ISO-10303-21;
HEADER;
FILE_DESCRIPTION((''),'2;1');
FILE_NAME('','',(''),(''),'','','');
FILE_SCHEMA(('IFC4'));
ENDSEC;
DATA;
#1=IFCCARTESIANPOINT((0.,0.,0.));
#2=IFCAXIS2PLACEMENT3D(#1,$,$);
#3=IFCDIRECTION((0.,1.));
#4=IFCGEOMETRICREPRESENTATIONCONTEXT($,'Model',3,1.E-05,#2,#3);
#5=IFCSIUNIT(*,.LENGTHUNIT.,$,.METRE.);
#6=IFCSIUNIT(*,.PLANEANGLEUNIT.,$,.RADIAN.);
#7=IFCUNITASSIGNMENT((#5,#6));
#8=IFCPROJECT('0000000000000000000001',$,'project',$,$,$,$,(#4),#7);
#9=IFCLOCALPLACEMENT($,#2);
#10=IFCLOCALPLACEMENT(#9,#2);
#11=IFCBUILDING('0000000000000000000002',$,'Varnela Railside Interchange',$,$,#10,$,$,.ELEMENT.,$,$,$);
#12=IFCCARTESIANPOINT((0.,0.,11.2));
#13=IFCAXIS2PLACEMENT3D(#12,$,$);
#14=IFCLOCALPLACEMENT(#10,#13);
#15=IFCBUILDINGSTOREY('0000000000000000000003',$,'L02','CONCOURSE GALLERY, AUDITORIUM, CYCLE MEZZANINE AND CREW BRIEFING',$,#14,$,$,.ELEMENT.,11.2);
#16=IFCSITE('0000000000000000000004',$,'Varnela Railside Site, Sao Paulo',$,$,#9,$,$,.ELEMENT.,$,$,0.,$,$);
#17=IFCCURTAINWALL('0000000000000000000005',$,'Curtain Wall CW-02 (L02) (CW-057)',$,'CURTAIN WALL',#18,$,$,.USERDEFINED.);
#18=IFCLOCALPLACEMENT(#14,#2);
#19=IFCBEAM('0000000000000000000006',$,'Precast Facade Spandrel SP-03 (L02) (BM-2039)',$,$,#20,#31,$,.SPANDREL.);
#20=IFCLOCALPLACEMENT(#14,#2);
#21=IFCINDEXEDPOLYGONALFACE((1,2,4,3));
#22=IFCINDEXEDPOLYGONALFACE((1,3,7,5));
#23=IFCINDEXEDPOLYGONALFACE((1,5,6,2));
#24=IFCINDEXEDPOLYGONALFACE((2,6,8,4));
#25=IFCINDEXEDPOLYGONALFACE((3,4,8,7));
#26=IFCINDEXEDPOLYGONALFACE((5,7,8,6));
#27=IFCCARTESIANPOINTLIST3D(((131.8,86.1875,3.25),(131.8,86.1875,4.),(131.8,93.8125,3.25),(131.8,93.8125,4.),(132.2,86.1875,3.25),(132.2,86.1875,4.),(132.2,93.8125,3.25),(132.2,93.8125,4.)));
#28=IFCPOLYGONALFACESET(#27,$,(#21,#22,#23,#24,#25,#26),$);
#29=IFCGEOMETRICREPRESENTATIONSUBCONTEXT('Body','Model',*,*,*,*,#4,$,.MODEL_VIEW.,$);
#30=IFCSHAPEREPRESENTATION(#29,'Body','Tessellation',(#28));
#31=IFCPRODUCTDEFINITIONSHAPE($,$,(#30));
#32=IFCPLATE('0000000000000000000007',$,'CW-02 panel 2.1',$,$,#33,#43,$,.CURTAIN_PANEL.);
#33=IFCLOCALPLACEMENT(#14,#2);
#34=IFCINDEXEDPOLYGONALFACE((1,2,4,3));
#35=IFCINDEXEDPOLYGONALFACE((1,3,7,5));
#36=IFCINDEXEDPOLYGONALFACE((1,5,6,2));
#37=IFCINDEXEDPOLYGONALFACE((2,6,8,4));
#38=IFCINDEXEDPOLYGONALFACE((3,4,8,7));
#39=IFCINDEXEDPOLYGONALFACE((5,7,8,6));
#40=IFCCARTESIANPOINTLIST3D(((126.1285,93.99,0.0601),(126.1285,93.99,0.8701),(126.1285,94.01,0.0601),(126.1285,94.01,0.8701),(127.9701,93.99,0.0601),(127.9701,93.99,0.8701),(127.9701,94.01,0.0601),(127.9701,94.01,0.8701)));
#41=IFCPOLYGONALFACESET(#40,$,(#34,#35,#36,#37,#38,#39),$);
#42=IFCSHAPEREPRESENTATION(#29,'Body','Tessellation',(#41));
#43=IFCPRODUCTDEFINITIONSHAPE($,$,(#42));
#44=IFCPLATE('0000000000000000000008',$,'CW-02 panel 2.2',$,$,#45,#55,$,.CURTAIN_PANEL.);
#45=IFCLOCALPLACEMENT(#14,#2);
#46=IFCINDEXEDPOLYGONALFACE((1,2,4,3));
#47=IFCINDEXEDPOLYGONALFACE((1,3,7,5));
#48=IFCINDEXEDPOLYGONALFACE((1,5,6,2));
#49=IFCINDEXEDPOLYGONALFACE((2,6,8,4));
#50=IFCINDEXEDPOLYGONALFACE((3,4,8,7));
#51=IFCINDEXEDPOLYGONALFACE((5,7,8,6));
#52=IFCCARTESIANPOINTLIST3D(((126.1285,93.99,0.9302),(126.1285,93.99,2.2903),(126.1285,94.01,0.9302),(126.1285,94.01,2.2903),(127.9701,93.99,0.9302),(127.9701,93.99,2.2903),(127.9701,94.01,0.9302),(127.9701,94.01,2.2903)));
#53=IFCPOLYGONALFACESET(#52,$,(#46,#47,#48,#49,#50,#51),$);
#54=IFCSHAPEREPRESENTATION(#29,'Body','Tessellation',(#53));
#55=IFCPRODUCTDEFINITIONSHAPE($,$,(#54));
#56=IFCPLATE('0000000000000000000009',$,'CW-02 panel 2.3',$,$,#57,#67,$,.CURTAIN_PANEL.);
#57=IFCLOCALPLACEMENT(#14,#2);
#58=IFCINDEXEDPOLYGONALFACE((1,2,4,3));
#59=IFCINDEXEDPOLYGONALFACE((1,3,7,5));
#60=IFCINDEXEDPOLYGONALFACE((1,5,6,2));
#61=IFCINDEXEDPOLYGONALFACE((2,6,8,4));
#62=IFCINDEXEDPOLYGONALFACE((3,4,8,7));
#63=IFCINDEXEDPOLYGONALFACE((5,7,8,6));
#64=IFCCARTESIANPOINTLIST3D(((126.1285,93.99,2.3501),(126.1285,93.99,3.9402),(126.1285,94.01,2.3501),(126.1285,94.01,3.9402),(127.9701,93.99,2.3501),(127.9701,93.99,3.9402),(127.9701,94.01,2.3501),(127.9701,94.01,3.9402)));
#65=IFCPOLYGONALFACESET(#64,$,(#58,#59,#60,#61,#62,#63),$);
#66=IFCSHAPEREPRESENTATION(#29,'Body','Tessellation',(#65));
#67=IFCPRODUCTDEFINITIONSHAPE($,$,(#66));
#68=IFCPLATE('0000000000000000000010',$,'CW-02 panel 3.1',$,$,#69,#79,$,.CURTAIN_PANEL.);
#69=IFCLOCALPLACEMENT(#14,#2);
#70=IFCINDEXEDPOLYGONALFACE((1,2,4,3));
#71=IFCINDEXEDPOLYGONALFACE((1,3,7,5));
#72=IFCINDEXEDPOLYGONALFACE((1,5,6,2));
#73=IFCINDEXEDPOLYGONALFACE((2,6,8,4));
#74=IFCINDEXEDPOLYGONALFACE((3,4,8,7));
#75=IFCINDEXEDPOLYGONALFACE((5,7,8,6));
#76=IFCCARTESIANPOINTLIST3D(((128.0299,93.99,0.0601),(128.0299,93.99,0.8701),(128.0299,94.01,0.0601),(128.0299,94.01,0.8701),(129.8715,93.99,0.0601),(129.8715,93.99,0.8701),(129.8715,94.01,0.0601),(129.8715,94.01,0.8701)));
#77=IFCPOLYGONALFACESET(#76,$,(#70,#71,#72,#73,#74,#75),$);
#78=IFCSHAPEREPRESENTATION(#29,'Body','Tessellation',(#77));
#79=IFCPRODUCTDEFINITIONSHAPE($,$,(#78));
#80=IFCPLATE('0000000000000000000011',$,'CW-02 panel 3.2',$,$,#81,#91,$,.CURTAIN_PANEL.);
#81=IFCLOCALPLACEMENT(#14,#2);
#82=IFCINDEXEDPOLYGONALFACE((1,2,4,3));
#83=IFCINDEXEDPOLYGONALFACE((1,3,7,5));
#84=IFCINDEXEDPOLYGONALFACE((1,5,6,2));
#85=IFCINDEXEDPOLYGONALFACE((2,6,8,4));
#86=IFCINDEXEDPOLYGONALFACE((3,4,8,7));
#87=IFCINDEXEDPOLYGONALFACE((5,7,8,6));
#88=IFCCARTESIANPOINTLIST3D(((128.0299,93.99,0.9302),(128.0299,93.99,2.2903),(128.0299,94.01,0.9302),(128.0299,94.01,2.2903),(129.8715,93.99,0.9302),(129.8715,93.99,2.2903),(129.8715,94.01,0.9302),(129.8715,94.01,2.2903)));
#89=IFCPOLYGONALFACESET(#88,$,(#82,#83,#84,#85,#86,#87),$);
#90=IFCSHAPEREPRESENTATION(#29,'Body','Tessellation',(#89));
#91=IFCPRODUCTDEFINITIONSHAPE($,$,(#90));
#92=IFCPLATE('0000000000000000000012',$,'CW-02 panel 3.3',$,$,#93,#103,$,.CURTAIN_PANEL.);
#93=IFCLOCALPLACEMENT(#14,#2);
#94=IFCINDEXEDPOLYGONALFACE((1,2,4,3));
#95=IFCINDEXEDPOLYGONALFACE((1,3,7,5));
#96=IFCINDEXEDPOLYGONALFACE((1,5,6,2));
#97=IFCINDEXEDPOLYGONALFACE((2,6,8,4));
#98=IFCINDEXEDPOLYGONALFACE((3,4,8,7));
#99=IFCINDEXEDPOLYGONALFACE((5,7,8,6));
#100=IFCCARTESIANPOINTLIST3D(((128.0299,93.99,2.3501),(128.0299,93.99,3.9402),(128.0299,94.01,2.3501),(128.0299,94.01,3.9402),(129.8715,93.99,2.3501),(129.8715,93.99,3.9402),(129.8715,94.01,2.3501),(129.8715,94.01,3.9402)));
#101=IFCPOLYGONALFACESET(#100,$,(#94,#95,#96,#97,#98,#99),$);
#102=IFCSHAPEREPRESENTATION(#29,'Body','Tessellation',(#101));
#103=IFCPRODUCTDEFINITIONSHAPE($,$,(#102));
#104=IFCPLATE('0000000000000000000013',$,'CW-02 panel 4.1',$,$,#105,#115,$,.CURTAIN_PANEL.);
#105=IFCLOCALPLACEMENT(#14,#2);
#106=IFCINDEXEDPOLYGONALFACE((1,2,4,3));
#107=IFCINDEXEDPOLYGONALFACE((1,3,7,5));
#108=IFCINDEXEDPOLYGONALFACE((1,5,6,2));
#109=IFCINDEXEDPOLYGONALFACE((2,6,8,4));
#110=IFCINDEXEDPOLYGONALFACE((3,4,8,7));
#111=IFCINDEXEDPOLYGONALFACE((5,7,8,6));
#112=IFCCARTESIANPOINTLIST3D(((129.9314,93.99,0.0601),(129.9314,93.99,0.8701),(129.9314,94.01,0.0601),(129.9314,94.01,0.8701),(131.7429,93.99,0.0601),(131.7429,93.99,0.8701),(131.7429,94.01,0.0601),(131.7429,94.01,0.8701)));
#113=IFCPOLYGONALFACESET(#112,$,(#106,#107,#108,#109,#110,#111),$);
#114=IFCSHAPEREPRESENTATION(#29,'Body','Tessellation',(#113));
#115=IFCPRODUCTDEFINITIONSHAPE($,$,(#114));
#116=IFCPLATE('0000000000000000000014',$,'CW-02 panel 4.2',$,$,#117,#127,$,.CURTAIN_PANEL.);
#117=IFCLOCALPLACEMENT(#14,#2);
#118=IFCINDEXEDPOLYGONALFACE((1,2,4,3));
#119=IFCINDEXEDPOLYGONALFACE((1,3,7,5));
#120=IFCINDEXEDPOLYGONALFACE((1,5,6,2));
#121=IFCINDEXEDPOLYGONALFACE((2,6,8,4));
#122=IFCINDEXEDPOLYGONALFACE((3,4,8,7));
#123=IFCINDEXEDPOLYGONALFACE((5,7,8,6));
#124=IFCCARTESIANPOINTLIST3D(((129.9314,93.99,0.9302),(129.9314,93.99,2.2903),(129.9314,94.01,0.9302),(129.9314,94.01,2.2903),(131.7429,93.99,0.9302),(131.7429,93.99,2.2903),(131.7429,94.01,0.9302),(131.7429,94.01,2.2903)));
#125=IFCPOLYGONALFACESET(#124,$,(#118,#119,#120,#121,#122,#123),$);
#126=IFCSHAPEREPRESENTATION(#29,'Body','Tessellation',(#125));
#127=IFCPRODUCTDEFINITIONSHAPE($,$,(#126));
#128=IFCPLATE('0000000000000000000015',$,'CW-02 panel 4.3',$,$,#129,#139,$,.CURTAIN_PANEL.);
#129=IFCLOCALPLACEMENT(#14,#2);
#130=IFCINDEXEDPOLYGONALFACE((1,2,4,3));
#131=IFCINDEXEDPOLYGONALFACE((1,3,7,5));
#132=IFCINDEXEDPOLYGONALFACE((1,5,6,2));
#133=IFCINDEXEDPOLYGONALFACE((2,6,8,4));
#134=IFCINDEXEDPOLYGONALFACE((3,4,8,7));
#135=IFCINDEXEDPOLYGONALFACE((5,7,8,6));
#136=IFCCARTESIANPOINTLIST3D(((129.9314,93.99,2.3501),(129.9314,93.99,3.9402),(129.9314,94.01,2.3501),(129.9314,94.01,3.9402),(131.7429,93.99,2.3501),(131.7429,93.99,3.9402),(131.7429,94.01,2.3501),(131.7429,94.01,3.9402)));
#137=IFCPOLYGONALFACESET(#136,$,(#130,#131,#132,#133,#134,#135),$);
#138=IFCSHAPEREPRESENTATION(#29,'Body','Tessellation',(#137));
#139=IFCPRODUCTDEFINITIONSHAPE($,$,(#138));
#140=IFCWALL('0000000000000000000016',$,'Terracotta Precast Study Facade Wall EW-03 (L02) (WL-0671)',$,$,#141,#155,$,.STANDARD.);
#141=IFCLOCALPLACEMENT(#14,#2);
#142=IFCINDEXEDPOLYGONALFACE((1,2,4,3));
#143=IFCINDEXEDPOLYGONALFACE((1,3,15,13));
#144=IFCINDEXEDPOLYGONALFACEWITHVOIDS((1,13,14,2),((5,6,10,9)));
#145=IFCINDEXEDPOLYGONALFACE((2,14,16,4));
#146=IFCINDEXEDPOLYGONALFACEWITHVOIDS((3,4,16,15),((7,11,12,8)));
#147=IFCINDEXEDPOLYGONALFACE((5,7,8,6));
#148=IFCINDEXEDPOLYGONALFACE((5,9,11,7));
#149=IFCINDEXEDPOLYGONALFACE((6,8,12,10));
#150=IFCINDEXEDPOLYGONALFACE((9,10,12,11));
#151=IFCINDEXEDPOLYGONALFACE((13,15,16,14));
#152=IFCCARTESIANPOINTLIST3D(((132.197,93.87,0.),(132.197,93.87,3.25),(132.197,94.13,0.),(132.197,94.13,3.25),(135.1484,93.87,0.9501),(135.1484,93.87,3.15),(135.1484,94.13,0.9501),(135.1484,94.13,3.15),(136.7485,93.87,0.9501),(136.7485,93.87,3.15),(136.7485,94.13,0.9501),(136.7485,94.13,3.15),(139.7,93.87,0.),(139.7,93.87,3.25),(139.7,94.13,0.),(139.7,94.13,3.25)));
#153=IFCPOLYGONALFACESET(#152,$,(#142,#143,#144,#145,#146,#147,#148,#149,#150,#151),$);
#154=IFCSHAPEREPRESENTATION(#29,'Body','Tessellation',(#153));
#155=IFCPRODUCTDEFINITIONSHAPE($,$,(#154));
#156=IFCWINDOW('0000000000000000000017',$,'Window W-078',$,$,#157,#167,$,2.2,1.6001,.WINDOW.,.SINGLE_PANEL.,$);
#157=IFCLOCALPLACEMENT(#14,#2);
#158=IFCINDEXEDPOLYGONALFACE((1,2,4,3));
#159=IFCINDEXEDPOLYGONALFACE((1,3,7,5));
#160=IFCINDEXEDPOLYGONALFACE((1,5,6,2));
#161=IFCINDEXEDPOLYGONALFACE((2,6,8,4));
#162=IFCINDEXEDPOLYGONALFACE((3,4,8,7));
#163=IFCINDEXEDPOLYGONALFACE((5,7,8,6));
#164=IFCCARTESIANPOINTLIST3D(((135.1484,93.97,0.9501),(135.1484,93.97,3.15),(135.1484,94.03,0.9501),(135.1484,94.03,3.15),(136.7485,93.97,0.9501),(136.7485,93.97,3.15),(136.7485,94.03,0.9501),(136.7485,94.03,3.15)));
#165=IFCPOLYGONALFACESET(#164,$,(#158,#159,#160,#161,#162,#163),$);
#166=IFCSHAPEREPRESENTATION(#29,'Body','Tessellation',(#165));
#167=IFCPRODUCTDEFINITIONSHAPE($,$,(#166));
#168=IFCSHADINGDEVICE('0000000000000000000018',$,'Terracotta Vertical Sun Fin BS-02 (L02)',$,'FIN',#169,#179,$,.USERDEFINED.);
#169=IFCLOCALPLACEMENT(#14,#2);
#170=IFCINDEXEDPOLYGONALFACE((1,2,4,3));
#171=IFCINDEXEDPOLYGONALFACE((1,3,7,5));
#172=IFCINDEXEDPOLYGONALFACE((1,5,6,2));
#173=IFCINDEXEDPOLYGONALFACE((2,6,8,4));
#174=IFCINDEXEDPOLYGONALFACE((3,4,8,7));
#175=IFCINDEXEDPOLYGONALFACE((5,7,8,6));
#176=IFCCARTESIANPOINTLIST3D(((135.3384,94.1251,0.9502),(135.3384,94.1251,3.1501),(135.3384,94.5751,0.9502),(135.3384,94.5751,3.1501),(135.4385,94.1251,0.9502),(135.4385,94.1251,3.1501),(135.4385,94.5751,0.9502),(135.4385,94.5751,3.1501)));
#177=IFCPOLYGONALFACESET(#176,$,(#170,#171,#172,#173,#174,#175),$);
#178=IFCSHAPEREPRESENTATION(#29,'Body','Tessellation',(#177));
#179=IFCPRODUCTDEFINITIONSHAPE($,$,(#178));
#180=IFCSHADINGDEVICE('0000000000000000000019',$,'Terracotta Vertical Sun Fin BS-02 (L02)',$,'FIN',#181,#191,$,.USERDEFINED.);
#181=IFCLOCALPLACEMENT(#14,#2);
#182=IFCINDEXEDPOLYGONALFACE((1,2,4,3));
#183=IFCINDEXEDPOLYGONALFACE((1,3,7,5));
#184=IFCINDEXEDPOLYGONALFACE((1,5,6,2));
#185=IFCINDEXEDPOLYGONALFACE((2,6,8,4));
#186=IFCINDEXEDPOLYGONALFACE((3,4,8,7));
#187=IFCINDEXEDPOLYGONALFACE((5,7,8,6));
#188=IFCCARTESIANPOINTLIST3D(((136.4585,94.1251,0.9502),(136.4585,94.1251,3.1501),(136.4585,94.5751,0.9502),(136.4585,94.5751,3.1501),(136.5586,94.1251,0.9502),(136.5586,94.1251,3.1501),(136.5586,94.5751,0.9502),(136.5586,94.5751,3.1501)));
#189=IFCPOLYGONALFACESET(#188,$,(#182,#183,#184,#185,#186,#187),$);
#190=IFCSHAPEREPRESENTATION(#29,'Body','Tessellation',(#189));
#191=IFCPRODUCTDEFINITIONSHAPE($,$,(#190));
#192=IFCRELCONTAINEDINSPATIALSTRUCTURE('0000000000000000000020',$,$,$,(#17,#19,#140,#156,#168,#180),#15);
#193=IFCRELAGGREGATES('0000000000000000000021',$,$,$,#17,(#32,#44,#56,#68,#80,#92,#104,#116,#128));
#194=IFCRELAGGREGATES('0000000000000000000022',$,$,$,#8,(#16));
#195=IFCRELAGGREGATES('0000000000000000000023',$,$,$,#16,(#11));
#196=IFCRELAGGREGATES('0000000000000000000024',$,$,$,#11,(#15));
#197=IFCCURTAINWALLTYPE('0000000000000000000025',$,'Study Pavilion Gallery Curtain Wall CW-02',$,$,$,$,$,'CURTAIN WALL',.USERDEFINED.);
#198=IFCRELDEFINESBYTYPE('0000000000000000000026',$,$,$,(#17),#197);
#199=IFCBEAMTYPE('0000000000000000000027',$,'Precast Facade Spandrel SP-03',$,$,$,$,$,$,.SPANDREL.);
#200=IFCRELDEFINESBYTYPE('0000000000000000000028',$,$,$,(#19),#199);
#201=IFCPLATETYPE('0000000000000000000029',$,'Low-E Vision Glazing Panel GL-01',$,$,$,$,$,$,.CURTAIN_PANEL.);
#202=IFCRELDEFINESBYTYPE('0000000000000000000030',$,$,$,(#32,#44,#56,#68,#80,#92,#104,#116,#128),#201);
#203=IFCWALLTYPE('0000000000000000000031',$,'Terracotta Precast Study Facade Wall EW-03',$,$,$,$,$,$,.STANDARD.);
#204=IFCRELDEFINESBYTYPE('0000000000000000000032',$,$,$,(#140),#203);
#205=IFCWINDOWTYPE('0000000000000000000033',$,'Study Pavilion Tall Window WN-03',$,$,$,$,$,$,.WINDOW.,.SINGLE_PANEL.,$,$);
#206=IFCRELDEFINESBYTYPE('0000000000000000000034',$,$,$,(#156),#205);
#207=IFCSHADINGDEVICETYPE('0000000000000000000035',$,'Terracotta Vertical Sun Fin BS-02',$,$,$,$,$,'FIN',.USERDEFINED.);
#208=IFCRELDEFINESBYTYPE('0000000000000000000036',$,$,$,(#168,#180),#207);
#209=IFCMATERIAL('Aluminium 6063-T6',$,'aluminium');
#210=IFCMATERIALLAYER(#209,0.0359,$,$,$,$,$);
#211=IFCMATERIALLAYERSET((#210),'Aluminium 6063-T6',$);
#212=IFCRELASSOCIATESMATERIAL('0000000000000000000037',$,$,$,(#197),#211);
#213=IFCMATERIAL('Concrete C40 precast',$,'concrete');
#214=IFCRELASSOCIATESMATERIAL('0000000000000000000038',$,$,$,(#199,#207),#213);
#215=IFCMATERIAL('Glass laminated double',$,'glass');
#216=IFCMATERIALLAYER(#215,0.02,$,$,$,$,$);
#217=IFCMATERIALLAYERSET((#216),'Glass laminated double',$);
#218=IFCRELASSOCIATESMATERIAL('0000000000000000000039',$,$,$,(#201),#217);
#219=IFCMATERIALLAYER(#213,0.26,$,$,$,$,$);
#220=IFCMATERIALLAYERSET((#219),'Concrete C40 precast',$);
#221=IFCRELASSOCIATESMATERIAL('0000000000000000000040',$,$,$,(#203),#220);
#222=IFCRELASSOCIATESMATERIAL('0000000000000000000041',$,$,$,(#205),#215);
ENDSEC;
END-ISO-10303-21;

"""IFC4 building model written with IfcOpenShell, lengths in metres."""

from ifc_helpers import new_model, si_unit, direction, frame, frame_2d, origin, origin_2d, place, context, subcontext, project, spatial, rectangle, extrude, material, layer, layer_set, material_profile, profile_set, type_object, element, fill, aggregate, save


model = new_model("IFC4")

# Units and contexts
model_context = context("Model", 3, precision=1e-05, world=origin(), true_north=direction((0.0, 1.0)))
body_context = subcontext(model_context, "Body", "Model", "MODEL_VIEW")
ifc_project = project(units=[si_unit("LENGTHUNIT", "METRE"), si_unit("PLANEANGLEUNIT", "RADIAN")], contexts=[model_context])

# Site, building, storey
site_placement = place(None, origin())
site = spatial("IfcSite", under=ifc_project, at=site_placement, Name="Varnela Railside Site, Sao Paulo", CompositionType="ELEMENT", RefElevation=0.0)
building_placement = place(site_placement, origin())
building = spatial("IfcBuilding", under=site, at=building_placement, Name="Varnela Railside Interchange", CompositionType="ELEMENT")
storey_placement = place(building_placement, frame((0.0, 0.0, 11.2)))
storey = spatial("IfcBuildingStorey", under=building, at=storey_placement, Name="L02", Description="CONCOURSE GALLERY, AUDITORIUM, CYCLE MEZZANINE AND CREW BRIEFING", CompositionType="ELEMENT", Elevation=11.2)

# Curtain wall
ifc_material_1 = material(Name="Aluminium 6063-T6", Category="aluminium")
ifc_layer_1 = layer(ifc_material_1, 0.0359)
ifc_layer_set_1 = layer_set([ifc_layer_1], Name="Aluminium 6063-T6")
curtain_wall_type = type_object("IfcCurtainWallType", Name="Study Pavilion Gallery Curtain Wall CW-02", ElementType="CURTAIN WALL", PredefinedType="USERDEFINED", material=ifc_layer_set_1)
curtain_wall_placement = place(storey_placement, origin())
curtain_wall = element("IfcCurtainWall", 1, at=curtain_wall_placement, inside=storey, type_object=curtain_wall_type, Name="Curtain Wall CW-02 (L02) (CW-057)", ObjectType="CURTAIN WALL", PredefinedType="USERDEFINED")

# Beam
ifc_material_2 = material(Name="Concrete C40 precast", Category="concrete")
ifc_material_profile_1 = material_profile(ifc_material_2, rectangle(XDim=0.3999, YDim=0.75, at=origin_2d()), Name="PC 400x750")
ifc_profile_set_1 = profile_set([ifc_material_profile_1], Name="Concrete C40 precast")
beam_type = type_object("IfcBeamType", Name="Precast Facade Spandrel SP-03", PredefinedType="SPANDREL", material=ifc_profile_set_1)
beam_1_placement = place(storey_placement, frame((132.0, 86.1875, 3.625), z_axis=(0.0, 1.0, 0.0), x_axis=(-1.0, 0.0, 0.0)))
element("IfcBeam", 2, at=beam_1_placement, inside=storey, type_object=beam_type, Name="Precast Facade Spandrel SP-03 (L02) (BM-2039)", PredefinedType="SPANDREL", context=body_context, shape_type="SweptSolid", body=[
    extrude(rectangle(XDim=0.3999, YDim=0.75, at=origin_2d()), origin(), (0.0, 0.0, 1.0), 7.625),
])

# Plates
ifc_material_3 = material(Name="Glass laminated double", Category="glass")
ifc_layer_2 = layer(ifc_material_3, 0.02)
ifc_layer_set_2 = layer_set([ifc_layer_2], Name="Glass laminated double")
plate_type = type_object("IfcPlateType", Name="Low-E Vision Glazing Panel GL-01", PredefinedType="CURTAIN_PANEL", material=ifc_layer_set_2)
plate_1_placement = place(storey_placement, frame((127.0493, 94.0, 0.0601), z_axis=(0.0, 0.0, 1.0), x_axis=(1.0, 0.0, 0.0)))
plate_1 = element("IfcPlate", 3, at=plate_1_placement, type_object=plate_type, Name="CW-02 panel 2.1", PredefinedType="CURTAIN_PANEL", context=body_context, shape_type="SweptSolid", body=[
    extrude(rectangle(XDim=1.8416, YDim=0.02, at=origin_2d()), origin(), (0.0, 0.0, 1.0), 0.8101),
])
plate_2_placement = place(storey_placement, frame((127.0493, 94.0, 0.9302), z_axis=(0.0, 0.0, 1.0), x_axis=(1.0, 0.0, 0.0)))
plate_2 = element("IfcPlate", 4, at=plate_2_placement, type_object=plate_type, Name="CW-02 panel 2.2", PredefinedType="CURTAIN_PANEL", context=body_context, shape_type="SweptSolid", body=[
    extrude(rectangle(XDim=1.8416, YDim=0.02, at=origin_2d()), origin(), (0.0, 0.0, 1.0), 1.3601),
])
plate_3_placement = place(storey_placement, frame((127.0493, 94.0, 2.3501), z_axis=(0.0, 0.0, 1.0), x_axis=(1.0, 0.0, 0.0)))
plate_3 = element("IfcPlate", 5, at=plate_3_placement, type_object=plate_type, Name="CW-02 panel 2.3", PredefinedType="CURTAIN_PANEL", context=body_context, shape_type="SweptSolid", body=[
    extrude(rectangle(XDim=1.8416, YDim=0.02, at=origin_2d()), origin(), (0.0, 0.0, 1.0), 1.5901),
])
plate_4_placement = place(storey_placement, frame((128.9507, 94.0, 0.0601), z_axis=(0.0, 0.0, 1.0), x_axis=(1.0, 0.0, 0.0)))
plate_4 = element("IfcPlate", 6, at=plate_4_placement, type_object=plate_type, Name="CW-02 panel 3.1", PredefinedType="CURTAIN_PANEL", context=body_context, shape_type="SweptSolid", body=[
    extrude(rectangle(XDim=1.8416, YDim=0.02, at=origin_2d()), origin(), (0.0, 0.0, 1.0), 0.8101),
])
plate_5_placement = place(storey_placement, frame((128.9507, 94.0, 0.9302), z_axis=(0.0, 0.0, 1.0), x_axis=(1.0, 0.0, 0.0)))
plate_5 = element("IfcPlate", 7, at=plate_5_placement, type_object=plate_type, Name="CW-02 panel 3.2", PredefinedType="CURTAIN_PANEL", context=body_context, shape_type="SweptSolid", body=[
    extrude(rectangle(XDim=1.8416, YDim=0.02, at=origin_2d()), origin(), (0.0, 0.0, 1.0), 1.3601),
])
plate_6_placement = place(storey_placement, frame((128.9507, 94.0, 2.3501), z_axis=(0.0, 0.0, 1.0), x_axis=(1.0, 0.0, 0.0)))
plate_6 = element("IfcPlate", 8, at=plate_6_placement, type_object=plate_type, Name="CW-02 panel 3.3", PredefinedType="CURTAIN_PANEL", context=body_context, shape_type="SweptSolid", body=[
    extrude(rectangle(XDim=1.8416, YDim=0.02, at=origin_2d()), origin(), (0.0, 0.0, 1.0), 1.5901),
])
plate_7_placement = place(storey_placement, frame((130.8372, 94.0, 0.0601), z_axis=(0.0, 0.0, 1.0), x_axis=(1.0, 0.0, 0.0)))
plate_7 = element("IfcPlate", 9, at=plate_7_placement, type_object=plate_type, Name="CW-02 panel 4.1", PredefinedType="CURTAIN_PANEL", context=body_context, shape_type="SweptSolid", body=[
    extrude(rectangle(XDim=1.8115, YDim=0.02, at=origin_2d()), origin(), (0.0, 0.0, 1.0), 0.8101),
])
plate_8_placement = place(storey_placement, frame((130.8372, 94.0, 0.9302), z_axis=(0.0, 0.0, 1.0), x_axis=(1.0, 0.0, 0.0)))
plate_8 = element("IfcPlate", 10, at=plate_8_placement, type_object=plate_type, Name="CW-02 panel 4.2", PredefinedType="CURTAIN_PANEL", context=body_context, shape_type="SweptSolid", body=[
    extrude(rectangle(XDim=1.8115, YDim=0.02, at=origin_2d()), origin(), (0.0, 0.0, 1.0), 1.3601),
])
plate_9_placement = place(storey_placement, frame((130.8372, 94.0, 2.3501), z_axis=(0.0, 0.0, 1.0), x_axis=(1.0, 0.0, 0.0)))
plate_9 = element("IfcPlate", 11, at=plate_9_placement, type_object=plate_type, Name="CW-02 panel 4.3", PredefinedType="CURTAIN_PANEL", context=body_context, shape_type="SweptSolid", body=[
    extrude(rectangle(XDim=1.8115, YDim=0.02, at=origin_2d()), origin(), (0.0, 0.0, 1.0), 1.5901),
])
aggregate(curtain_wall, [plate_1, plate_2, plate_3, plate_4, plate_5, plate_6, plate_7, plate_8, plate_9])

# Wall, opening, window
ifc_layer_3 = layer(ifc_material_2, 0.26)
ifc_layer_set_3 = layer_set([ifc_layer_3], Name="Concrete C40 precast")
wall_type = type_object("IfcWallType", Name="Terracotta Precast Study Facade Wall EW-03", PredefinedType="STANDARD", material=ifc_layer_set_3)
wall_placement = place(storey_placement, frame((132.197, 94.0, 0.0), z_axis=(0.0, 0.0, 1.0), x_axis=(1.0, 0.0, 0.0)))
wall = element("IfcWall", 12, at=wall_placement, inside=storey, type_object=wall_type, Name="Terracotta Precast Study Facade Wall EW-03 (L02) (WL-0671)", PredefinedType="STANDARD", context=body_context, shape_type="SweptSolid", body=[
    extrude(rectangle(XDim=7.5029, YDim=0.26, at=frame_2d((3.7515, 0.0))), origin(), (0.0, 0.0, 1.0), 3.25),
])
opening_placement = place(wall_placement, frame((2.9514, 0.0, 0.95)))
opening = element("IfcOpeningElement", 13, at=opening_placement, cuts=wall, PredefinedType="OPENING", context=body_context, shape_type="SweptSolid", body=[
    extrude(rectangle(XDim=1.6001, YDim=2.2, at=frame_2d((0.8, 1.1001))), frame((0.0, 0.1399, 0.0), z_axis=(0.0, -1.0, 0.0), x_axis=(1.0, 0.0, 0.0)), (0.0, 0.0, 1.0), 0.28),
])
window_type = type_object("IfcWindowType", Name="Study Pavilion Tall Window WN-03", PartitioningType="SINGLE_PANEL", PredefinedType="WINDOW", material=ifc_material_3)
window_placement = place(opening_placement, origin())
window = element("IfcWindow", 14, at=window_placement, inside=storey, type_object=window_type, Name="Window W-078", OverallHeight=2.2, OverallWidth=1.6001, PartitioningType="SINGLE_PANEL", PredefinedType="WINDOW", context=body_context, shape_type="SweptSolid", body=[
    extrude(rectangle(XDim=1.6001, YDim=2.2, at=frame_2d((0.8, 1.1001))), frame((0.0, 0.03, 0.0), z_axis=(0.0, -1.0, 0.0), x_axis=(1.0, 0.0, 0.0)), (0.0, 0.0, 1.0), 0.0601),
])
fill(opening, window)

# Shading devices
shading_device_type = type_object("IfcShadingDeviceType", Name="Terracotta Vertical Sun Fin BS-02", ElementType="FIN", PredefinedType="USERDEFINED", material=ifc_material_2)
for number, where, z_axis, x_axis, name in (
    (15, (135.3884, 94.3501, 0.9502), (0.0, 0.0, 1.0), (0.0, 1.0, 0.0), "Terracotta Vertical Sun Fin BS-02 (L02)"),
    (16, (136.5085, 94.3501, 0.9502), (0.0, 0.0, 1.0), (0.0, 1.0, 0.0), "Terracotta Vertical Sun Fin BS-02 (L02)"),
):
    element("IfcShadingDevice", number, at=place(storey_placement, frame(where, z_axis=z_axis, x_axis=x_axis)), inside=storey, type_object=shading_device_type, Name=name, ObjectType="FIN", PredefinedType="USERDEFINED", context=body_context, shape_type="SweptSolid", body=[
        extrude(rectangle(XDim=0.45, YDim=0.1001, at=origin_2d()), origin(), (0.0, 0.0, 1.0), 2.2),
    ])

save(model, "model.ifc")
